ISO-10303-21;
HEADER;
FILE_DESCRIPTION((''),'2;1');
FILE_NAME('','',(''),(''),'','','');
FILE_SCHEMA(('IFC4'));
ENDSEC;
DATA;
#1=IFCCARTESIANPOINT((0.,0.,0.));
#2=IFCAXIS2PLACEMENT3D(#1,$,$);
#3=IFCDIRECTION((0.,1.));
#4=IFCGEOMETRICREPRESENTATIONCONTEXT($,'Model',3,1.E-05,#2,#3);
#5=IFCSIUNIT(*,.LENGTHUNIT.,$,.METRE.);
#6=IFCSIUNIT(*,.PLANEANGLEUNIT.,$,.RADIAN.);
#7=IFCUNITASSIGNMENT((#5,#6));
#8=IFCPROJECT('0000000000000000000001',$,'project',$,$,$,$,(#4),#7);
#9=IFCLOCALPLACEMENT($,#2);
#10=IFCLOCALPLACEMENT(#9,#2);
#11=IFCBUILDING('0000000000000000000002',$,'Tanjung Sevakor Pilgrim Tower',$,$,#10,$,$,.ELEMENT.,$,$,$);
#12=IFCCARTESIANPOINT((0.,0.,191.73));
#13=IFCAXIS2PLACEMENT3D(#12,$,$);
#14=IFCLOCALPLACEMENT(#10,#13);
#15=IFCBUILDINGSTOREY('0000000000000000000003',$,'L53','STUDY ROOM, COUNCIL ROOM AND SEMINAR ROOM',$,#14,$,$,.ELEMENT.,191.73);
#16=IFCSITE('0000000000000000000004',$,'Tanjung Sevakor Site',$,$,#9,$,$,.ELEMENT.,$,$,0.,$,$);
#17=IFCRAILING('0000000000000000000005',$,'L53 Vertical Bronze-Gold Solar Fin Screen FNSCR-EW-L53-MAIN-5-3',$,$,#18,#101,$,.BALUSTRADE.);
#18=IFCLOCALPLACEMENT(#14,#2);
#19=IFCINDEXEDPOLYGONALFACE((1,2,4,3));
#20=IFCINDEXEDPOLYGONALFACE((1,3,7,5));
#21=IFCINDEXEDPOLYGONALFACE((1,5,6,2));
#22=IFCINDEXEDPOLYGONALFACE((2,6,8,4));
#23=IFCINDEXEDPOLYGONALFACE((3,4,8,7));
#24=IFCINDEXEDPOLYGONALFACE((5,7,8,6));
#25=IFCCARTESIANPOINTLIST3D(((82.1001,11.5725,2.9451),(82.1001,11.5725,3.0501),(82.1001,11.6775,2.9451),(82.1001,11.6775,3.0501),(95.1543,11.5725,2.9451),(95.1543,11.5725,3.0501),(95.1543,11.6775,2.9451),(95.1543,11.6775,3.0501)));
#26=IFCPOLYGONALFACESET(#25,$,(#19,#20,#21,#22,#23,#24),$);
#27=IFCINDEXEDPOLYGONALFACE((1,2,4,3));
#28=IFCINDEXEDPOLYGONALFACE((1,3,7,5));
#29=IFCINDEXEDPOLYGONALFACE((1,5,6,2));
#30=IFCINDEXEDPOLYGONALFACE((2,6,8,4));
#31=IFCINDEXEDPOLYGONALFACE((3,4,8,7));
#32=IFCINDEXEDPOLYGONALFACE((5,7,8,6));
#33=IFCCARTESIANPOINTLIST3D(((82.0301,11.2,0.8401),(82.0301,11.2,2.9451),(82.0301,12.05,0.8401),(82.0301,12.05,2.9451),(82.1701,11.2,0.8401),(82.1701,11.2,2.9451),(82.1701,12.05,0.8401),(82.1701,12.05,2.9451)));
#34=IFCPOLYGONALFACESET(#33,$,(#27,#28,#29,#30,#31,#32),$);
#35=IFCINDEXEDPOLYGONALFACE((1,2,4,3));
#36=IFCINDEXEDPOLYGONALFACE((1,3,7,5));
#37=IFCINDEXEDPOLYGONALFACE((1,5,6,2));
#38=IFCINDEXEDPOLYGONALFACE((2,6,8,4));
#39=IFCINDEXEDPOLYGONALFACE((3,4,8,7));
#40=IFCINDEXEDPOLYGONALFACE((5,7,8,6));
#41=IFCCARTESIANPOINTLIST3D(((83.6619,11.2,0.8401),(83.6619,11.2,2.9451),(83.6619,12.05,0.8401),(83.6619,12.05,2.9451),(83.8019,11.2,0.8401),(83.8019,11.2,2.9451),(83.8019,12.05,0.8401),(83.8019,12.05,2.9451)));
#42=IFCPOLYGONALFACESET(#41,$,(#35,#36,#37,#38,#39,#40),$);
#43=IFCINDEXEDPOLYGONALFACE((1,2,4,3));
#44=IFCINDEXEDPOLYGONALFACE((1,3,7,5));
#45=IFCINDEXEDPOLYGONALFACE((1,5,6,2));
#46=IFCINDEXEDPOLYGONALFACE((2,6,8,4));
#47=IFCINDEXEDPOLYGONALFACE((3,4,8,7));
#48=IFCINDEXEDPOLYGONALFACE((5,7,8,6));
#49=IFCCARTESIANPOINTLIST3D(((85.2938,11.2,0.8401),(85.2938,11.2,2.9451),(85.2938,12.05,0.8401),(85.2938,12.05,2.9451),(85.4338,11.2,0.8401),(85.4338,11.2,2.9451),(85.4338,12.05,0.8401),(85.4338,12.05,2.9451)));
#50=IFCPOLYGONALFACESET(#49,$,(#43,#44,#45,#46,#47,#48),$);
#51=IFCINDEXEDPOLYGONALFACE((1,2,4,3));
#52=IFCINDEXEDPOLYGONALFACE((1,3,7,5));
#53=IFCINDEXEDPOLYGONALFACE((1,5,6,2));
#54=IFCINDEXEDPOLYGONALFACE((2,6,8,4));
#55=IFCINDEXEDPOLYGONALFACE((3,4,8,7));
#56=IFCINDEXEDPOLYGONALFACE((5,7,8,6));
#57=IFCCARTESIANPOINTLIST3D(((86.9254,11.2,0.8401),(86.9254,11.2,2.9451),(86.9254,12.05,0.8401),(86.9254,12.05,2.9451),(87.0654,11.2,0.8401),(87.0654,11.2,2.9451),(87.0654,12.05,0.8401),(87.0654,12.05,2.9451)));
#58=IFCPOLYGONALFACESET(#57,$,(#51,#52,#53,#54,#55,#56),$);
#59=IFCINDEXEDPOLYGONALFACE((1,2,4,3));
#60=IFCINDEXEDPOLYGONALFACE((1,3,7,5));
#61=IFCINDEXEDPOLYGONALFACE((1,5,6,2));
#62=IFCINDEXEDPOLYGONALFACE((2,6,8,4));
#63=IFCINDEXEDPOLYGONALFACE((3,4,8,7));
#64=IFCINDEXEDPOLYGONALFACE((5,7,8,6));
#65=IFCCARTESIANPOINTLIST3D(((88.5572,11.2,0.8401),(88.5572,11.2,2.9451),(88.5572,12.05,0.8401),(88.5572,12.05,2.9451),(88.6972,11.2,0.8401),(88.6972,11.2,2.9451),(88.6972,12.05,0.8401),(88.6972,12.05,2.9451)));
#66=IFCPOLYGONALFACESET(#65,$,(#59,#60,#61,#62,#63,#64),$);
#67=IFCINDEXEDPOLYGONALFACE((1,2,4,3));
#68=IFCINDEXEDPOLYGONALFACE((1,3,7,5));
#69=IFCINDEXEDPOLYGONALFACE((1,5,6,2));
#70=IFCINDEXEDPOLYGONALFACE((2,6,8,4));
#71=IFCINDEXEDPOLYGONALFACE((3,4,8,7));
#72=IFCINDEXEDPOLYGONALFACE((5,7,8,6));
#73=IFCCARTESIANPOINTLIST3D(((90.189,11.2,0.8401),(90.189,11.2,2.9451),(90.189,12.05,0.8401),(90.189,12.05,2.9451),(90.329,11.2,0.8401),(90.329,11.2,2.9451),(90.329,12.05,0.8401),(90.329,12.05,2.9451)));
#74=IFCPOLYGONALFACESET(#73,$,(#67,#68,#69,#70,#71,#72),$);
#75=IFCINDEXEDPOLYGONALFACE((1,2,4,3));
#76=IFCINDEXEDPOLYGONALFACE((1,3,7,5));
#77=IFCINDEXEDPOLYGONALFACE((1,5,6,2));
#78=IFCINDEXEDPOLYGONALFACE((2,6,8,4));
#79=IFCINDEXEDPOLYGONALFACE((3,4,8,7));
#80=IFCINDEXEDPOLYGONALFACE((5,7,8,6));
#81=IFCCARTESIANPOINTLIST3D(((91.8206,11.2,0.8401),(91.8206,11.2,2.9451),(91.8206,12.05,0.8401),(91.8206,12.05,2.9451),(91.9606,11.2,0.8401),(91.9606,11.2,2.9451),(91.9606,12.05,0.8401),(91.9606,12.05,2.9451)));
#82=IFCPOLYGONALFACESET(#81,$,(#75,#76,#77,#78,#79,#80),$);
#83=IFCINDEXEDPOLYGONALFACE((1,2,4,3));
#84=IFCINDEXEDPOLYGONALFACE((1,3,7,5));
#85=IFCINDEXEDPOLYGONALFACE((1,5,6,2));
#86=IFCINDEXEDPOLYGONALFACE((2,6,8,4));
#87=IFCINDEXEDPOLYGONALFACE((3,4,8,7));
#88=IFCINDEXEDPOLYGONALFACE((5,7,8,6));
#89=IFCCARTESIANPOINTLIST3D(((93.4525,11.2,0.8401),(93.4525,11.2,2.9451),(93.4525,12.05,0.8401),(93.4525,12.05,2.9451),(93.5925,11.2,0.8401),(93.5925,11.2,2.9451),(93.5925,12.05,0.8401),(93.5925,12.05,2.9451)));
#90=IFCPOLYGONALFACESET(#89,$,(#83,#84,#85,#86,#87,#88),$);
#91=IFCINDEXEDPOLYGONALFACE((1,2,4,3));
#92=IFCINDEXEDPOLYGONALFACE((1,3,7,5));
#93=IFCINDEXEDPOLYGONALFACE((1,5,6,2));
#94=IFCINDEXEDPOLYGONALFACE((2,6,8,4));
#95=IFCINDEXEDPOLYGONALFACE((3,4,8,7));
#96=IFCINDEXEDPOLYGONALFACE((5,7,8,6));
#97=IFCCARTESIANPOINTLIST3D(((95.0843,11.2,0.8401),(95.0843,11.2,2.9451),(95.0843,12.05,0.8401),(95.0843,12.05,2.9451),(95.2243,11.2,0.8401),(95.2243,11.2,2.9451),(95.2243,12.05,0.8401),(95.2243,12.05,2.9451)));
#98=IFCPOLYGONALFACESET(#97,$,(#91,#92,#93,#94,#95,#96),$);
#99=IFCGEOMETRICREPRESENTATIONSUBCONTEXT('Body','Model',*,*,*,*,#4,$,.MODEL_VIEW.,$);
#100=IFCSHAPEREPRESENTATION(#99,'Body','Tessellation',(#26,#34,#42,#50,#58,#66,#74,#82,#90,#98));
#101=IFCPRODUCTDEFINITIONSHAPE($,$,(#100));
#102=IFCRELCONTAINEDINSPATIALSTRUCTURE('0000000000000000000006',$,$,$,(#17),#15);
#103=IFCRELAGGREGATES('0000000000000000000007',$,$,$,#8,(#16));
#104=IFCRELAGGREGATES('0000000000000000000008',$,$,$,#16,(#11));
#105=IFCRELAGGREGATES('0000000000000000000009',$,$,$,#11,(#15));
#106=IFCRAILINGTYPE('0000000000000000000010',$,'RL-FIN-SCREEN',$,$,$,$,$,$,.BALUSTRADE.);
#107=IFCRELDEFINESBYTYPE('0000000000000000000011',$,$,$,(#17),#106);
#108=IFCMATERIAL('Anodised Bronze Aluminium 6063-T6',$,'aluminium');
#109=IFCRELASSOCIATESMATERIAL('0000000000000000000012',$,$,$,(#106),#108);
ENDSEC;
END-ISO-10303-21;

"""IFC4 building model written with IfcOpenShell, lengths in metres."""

from ifc_helpers import new_model, si_unit, direction, frame, origin, place, context, subcontext, project, spatial, rectangle, extrude, material, type_object, element, save


model = new_model("IFC4")

# Units and contexts
model_context = context("Model", 3, precision=1e-05, world=origin(), true_north=direction((0.0, 1.0)))
body_context = subcontext(model_context, "Body", "Model", "MODEL_VIEW")
ifc_project = project(units=[si_unit("LENGTHUNIT", "METRE"), si_unit("PLANEANGLEUNIT", "RADIAN")], contexts=[model_context])

# Site, building, storey
site_placement = place(None, origin())
site = spatial("IfcSite", under=ifc_project, at=site_placement, Name="Tanjung Sevakor Site", CompositionType="ELEMENT", RefElevation=0.0)
building_placement = place(site_placement, origin())
building = spatial("IfcBuilding", under=site, at=building_placement, Name="Tanjung Sevakor Pilgrim Tower", CompositionType="ELEMENT")
storey_placement = place(building_placement, frame((0.0, 0.0, 191.73)))
storey = spatial("IfcBuildingStorey", under=building, at=storey_placement, Name="L53", Description="STUDY ROOM, COUNCIL ROOM AND SEMINAR ROOM", CompositionType="ELEMENT", Elevation=191.73)

# Railing
ifc_material_1 = material(Name="Anodised Bronze Aluminium 6063-T6", Category="aluminium")
railing_type = type_object("IfcRailingType", Name="RL-FIN-SCREEN", PredefinedType="BALUSTRADE", material=ifc_material_1)
railing_1_placement = place(storey_placement, frame((82.1001, 11.625, 0.8401)))
element("IfcRailing", 1, at=railing_1_placement, inside=storey, type_object=railing_type, Name="L53 Vertical Bronze-Gold Solar Fin Screen FNSCR-EW-L53-MAIN-5-3", PredefinedType="BALUSTRADE", context=body_context, shape_type="SweptSolid", body=[
    extrude(rectangle(XDim=0.105, YDim=0.105), frame((0.0, 0.0, 2.1575), z_axis=(1.0, 0.0, 0.0), x_axis=(0.0, 1.0, 0.0)), (0.0, 0.0, 1.0), 13.0542),
    extrude(rectangle(XDim=0.14, YDim=0.85), origin(), (0.0, 0.0, 1.0), 2.105),
    extrude(rectangle(XDim=0.14, YDim=0.85), frame((1.6318, 0.0, 0.0)), (0.0, 0.0, 1.0), 2.105),
    extrude(rectangle(XDim=0.14, YDim=0.85), frame((3.2637, 0.0, 0.0)), (0.0, 0.0, 1.0), 2.105),
    extrude(rectangle(XDim=0.14, YDim=0.85), frame((4.8953, 0.0, 0.0)), (0.0, 0.0, 1.0), 2.105),
    extrude(rectangle(XDim=0.14, YDim=0.85), frame((6.5271, 0.0, 0.0)), (0.0, 0.0, 1.0), 2.105),
    extrude(rectangle(XDim=0.14, YDim=0.85), frame((8.1589, 0.0, 0.0)), (0.0, 0.0, 1.0), 2.105),
    extrude(rectangle(XDim=0.14, YDim=0.85), frame((9.7905, 0.0, 0.0)), (0.0, 0.0, 1.0), 2.105),
    extrude(rectangle(XDim=0.14, YDim=0.85), frame((11.4224, 0.0, 0.0)), (0.0, 0.0, 1.0), 2.105),
    extrude(rectangle(XDim=0.14, YDim=0.85), frame((13.0542, 0.0, 0.0)), (0.0, 0.0, 1.0), 2.105),
])

save(model, "model.ifc")
